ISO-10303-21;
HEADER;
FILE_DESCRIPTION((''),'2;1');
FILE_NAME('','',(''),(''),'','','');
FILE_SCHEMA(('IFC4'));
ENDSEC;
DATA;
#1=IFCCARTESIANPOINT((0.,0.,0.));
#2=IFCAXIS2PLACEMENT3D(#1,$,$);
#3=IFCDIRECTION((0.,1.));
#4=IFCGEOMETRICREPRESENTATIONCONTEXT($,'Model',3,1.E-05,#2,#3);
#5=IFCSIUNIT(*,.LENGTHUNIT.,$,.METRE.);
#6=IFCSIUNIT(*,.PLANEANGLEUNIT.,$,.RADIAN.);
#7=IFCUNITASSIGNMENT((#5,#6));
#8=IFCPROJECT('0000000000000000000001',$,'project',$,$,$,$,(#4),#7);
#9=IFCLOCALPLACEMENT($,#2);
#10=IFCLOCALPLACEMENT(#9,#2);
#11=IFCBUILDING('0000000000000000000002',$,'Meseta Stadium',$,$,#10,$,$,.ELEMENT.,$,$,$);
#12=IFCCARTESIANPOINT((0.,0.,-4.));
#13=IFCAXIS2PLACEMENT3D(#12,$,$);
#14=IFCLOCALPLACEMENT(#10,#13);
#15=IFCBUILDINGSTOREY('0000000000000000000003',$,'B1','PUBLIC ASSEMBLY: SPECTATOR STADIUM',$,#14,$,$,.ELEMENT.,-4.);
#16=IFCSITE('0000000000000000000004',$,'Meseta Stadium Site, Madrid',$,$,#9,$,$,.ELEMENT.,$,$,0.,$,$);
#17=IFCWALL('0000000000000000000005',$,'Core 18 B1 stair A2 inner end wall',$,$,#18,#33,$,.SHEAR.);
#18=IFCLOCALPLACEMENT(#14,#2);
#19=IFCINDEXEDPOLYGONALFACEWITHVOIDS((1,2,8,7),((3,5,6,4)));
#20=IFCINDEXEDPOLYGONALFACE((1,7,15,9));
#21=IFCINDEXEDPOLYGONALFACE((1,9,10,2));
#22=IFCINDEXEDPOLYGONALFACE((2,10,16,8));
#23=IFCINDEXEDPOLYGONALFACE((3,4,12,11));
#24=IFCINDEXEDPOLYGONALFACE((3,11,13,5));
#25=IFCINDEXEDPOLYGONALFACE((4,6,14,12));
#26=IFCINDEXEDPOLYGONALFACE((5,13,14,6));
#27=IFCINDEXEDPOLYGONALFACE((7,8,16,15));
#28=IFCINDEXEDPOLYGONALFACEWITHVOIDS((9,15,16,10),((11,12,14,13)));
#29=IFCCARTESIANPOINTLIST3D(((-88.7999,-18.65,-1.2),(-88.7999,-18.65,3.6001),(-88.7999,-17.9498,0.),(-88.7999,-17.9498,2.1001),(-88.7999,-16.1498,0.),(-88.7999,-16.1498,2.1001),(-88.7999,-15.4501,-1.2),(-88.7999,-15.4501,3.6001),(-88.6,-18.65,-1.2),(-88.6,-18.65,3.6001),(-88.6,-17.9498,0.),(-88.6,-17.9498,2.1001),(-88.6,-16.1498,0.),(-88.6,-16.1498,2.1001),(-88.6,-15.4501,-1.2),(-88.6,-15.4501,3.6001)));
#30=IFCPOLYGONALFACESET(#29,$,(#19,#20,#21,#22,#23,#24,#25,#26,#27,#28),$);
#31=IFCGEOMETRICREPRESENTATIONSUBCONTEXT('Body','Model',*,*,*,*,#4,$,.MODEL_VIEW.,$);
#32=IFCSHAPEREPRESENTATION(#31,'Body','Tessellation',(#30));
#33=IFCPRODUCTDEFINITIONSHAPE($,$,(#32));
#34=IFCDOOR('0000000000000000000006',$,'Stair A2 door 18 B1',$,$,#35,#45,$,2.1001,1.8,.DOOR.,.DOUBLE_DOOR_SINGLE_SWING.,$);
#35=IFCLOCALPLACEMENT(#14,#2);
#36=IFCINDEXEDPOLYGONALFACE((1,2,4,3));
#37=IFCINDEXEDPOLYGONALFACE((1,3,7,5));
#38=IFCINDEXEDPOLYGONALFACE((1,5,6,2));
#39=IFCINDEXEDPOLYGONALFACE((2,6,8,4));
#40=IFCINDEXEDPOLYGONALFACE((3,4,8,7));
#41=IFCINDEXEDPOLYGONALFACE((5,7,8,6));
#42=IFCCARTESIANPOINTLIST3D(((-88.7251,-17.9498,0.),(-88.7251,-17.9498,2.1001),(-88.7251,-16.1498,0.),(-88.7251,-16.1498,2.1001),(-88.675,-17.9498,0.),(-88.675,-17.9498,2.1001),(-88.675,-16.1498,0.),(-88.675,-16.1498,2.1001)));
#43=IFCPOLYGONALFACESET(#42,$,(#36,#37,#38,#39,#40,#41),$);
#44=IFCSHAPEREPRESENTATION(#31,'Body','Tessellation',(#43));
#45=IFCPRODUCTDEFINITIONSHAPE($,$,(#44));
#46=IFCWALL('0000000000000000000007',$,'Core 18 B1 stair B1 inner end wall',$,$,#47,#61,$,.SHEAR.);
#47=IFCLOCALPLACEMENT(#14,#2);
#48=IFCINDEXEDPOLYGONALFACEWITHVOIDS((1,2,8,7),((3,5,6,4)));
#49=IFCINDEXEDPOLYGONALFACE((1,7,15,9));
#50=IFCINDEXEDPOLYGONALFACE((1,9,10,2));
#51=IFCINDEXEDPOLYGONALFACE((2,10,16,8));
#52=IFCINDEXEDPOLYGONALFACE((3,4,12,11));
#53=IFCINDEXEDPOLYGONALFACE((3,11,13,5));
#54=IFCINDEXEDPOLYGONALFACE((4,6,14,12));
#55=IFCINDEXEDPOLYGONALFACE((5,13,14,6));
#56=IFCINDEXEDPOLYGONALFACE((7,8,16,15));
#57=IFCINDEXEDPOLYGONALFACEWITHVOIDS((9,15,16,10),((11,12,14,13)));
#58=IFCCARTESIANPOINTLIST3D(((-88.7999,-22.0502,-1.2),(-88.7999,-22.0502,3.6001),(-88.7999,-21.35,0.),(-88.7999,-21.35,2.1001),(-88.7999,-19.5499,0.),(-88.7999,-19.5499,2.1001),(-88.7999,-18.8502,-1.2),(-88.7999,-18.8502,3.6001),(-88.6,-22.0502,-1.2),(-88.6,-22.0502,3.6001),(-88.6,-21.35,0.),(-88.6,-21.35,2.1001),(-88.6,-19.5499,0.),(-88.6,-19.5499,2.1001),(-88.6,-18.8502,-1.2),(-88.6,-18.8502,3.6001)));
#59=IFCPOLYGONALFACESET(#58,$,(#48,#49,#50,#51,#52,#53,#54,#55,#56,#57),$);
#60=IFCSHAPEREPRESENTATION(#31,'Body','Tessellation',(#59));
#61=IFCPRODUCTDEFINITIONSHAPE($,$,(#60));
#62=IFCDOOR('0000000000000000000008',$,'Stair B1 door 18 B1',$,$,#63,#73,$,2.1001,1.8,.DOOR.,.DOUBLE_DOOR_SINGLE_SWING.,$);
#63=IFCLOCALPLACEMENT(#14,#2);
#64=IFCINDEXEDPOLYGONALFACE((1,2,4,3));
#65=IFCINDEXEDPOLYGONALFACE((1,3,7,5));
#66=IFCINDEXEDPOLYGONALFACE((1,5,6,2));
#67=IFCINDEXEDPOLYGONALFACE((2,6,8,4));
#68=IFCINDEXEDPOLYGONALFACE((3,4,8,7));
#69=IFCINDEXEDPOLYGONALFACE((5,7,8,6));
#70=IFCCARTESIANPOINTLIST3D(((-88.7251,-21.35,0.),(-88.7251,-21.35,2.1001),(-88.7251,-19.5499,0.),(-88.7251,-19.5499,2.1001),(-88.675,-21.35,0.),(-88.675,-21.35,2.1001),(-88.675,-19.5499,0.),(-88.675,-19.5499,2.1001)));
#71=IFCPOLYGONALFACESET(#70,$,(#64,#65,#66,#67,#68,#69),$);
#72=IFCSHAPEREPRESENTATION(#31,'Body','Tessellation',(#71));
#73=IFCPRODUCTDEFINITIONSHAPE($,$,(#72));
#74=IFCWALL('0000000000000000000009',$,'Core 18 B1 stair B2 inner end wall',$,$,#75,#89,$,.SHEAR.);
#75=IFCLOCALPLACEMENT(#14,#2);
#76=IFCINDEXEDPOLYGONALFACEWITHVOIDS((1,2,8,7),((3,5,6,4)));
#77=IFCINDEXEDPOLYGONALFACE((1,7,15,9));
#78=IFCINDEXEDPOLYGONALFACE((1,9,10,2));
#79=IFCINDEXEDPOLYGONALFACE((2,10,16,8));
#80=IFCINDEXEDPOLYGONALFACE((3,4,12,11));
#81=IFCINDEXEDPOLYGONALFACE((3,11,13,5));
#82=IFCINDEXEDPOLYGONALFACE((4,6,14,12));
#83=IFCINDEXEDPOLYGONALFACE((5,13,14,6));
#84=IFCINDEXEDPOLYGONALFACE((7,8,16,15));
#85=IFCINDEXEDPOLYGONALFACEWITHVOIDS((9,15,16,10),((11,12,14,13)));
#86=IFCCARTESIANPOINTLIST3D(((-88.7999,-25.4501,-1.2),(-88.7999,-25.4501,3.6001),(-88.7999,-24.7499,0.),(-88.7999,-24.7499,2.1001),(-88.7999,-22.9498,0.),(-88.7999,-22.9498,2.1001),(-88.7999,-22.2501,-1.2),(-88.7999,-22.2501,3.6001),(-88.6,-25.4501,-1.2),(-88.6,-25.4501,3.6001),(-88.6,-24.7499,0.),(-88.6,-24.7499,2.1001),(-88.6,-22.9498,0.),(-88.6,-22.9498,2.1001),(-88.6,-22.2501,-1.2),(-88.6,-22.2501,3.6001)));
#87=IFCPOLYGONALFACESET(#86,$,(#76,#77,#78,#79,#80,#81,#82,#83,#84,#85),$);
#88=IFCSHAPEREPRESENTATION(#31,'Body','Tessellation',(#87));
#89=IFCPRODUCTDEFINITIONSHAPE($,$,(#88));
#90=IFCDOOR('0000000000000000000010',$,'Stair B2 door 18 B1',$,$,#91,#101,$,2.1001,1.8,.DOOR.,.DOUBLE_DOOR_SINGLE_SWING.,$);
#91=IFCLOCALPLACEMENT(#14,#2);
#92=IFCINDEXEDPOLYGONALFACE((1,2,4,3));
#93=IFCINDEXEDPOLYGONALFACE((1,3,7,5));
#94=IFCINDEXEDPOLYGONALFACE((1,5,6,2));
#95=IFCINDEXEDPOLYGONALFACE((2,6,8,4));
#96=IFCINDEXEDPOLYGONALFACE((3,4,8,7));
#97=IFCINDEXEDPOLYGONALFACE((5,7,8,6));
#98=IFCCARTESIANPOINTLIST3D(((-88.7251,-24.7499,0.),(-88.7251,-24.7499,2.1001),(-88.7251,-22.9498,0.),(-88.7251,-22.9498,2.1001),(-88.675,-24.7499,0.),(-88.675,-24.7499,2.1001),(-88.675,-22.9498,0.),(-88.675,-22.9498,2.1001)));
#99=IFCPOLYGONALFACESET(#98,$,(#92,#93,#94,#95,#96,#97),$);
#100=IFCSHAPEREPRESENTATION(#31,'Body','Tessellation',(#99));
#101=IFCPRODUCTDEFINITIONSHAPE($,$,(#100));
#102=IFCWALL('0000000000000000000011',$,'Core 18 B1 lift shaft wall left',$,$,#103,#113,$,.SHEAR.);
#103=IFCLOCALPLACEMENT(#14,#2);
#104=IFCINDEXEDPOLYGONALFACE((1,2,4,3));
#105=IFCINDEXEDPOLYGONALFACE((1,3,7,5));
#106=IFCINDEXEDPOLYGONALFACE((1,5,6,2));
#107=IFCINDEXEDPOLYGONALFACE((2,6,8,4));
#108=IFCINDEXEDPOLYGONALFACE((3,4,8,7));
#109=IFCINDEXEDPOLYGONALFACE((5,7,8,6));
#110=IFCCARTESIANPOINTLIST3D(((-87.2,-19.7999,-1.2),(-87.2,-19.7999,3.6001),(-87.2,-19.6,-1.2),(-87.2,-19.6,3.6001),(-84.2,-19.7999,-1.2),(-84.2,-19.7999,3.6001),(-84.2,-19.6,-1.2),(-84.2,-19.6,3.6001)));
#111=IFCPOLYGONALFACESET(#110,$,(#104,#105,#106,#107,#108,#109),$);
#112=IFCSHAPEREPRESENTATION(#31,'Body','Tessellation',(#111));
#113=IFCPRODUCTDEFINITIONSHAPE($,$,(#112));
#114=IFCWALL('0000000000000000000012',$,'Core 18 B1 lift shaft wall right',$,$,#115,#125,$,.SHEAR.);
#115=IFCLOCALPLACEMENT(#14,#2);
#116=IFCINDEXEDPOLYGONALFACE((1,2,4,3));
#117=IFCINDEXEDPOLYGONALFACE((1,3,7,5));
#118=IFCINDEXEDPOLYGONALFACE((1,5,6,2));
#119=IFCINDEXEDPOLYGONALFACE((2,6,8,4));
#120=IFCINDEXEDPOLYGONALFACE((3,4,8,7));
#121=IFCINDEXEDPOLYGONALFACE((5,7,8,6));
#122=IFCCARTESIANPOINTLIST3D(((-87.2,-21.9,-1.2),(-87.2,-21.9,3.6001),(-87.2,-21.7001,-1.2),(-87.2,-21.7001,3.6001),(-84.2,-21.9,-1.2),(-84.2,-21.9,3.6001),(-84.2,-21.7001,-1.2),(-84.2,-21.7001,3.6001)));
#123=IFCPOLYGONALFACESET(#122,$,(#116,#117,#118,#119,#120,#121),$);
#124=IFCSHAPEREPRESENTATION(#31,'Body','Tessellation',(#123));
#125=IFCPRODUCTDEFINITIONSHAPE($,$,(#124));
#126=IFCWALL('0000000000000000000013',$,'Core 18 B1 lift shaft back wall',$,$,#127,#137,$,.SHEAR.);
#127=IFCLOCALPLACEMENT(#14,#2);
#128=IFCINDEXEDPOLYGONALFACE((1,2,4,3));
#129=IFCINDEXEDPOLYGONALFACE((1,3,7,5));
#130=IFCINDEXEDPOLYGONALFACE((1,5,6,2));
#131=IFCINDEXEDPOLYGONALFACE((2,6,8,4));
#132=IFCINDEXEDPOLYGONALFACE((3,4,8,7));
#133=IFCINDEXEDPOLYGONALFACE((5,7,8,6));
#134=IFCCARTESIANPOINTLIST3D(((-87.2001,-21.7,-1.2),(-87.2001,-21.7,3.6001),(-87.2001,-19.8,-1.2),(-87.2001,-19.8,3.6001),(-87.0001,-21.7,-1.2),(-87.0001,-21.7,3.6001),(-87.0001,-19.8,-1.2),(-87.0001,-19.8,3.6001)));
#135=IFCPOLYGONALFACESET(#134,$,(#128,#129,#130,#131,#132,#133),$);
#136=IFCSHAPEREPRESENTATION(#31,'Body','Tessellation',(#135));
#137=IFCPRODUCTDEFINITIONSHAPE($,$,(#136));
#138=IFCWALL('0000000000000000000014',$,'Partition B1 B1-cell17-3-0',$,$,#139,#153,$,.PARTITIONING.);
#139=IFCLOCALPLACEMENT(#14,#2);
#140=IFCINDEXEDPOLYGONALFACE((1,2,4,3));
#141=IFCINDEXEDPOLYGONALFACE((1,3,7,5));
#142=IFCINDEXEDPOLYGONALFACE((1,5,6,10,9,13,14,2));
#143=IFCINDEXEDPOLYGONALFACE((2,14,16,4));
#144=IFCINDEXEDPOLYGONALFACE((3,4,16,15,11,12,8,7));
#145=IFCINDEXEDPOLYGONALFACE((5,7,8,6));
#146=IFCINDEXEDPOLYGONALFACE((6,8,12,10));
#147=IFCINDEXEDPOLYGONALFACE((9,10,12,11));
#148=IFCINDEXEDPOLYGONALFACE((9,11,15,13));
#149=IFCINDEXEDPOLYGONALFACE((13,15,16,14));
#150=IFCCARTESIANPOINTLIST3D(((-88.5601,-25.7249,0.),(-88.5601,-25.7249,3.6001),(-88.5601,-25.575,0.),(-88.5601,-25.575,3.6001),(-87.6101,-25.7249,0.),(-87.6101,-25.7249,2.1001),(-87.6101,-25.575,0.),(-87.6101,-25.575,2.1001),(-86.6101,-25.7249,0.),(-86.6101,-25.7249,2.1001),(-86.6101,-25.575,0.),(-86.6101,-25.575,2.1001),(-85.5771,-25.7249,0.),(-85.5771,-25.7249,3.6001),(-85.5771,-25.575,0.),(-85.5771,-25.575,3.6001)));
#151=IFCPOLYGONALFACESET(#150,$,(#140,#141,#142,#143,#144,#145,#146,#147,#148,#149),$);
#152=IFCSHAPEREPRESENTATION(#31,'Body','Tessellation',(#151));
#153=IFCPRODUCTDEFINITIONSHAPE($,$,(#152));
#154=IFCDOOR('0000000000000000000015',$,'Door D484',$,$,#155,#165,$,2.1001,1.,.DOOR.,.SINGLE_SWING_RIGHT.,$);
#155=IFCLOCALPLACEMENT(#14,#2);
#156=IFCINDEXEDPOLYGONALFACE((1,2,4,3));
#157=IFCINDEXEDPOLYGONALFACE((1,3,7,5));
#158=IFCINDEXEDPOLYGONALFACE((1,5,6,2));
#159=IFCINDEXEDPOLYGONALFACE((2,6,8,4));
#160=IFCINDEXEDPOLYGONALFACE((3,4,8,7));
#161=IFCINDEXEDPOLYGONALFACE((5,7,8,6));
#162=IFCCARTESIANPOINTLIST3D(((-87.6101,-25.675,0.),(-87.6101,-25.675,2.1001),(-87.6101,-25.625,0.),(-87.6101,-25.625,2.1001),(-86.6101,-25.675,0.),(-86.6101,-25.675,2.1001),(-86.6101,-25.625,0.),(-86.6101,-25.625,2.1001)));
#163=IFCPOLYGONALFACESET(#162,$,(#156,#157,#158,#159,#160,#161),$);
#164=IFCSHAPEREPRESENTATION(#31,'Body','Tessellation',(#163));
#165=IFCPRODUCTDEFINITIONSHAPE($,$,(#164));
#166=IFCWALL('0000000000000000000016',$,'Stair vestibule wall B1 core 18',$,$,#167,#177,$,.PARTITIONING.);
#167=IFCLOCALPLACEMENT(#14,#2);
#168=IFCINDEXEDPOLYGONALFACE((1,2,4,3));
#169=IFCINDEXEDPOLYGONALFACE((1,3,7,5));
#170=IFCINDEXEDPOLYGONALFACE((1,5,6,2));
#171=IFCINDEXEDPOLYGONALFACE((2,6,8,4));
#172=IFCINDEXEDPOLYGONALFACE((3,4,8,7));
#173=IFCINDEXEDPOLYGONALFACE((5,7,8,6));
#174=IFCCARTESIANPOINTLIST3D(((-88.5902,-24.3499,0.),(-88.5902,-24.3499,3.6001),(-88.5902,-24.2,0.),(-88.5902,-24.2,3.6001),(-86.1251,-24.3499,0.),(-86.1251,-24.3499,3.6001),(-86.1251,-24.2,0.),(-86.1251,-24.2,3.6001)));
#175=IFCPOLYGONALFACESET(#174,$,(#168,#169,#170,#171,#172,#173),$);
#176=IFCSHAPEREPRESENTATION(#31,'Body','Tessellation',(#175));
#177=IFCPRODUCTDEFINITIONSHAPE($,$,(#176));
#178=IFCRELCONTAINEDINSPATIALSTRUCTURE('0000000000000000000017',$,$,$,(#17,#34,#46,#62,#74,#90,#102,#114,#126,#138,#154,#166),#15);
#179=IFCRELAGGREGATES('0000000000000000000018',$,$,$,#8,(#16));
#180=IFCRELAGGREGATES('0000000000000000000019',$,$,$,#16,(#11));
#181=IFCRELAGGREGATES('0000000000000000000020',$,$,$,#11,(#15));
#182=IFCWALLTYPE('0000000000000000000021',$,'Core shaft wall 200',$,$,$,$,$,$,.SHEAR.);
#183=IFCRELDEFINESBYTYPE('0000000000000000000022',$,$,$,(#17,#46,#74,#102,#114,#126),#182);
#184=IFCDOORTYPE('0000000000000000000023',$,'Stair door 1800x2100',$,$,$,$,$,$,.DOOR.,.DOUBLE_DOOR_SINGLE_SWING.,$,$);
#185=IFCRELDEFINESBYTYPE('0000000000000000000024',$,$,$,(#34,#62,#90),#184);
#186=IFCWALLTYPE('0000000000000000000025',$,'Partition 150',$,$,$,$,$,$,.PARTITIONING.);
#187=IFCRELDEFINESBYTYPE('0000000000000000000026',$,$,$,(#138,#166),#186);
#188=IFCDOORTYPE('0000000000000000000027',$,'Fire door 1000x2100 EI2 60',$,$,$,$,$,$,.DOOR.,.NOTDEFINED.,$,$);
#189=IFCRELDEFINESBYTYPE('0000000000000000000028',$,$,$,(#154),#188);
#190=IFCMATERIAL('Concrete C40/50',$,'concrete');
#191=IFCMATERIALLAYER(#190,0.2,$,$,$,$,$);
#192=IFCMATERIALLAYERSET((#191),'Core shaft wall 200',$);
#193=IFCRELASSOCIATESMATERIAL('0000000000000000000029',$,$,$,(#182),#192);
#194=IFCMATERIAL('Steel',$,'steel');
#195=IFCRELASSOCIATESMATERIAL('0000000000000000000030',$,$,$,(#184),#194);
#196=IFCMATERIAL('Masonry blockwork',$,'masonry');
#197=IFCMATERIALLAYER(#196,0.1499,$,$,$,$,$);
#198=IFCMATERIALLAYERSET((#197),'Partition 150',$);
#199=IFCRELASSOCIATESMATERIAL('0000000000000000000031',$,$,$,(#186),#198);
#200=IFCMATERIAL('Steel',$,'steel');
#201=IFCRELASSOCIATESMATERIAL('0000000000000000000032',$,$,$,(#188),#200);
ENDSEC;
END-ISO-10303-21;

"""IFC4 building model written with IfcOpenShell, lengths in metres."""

from ifc_helpers import new_model, si_unit, direction, frame, frame_2d, origin, place, context, subcontext, project, spatial, rectangle, extrude, material, layer, layer_set, type_object, element, fill, save


model = new_model("IFC4")

# Units and contexts
model_context = context("Model", 3, precision=1e-05, world=origin(), true_north=direction((0.0, 1.0)))
body_context = subcontext(model_context, "Body", "Model", "MODEL_VIEW")
ifc_project = project(units=[si_unit("LENGTHUNIT", "METRE"), si_unit("PLANEANGLEUNIT", "RADIAN")], contexts=[model_context])

# Site, building, storey
site_placement = place(None, origin())
site = spatial("IfcSite", under=ifc_project, at=site_placement, Name="Meseta Stadium Site, Madrid", CompositionType="ELEMENT", RefElevation=0.0)
building_placement = place(site_placement, origin())
building = spatial("IfcBuilding", under=site, at=building_placement, Name="Meseta Stadium", CompositionType="ELEMENT")
storey_placement = place(building_placement, frame((0.0, 0.0, -4.0)))
storey = spatial("IfcBuildingStorey", under=building, at=storey_placement, Name="B1", Description="PUBLIC ASSEMBLY: SPECTATOR STADIUM", CompositionType="ELEMENT", Elevation=-4.0)

# Walls, openings, doors
ifc_material_1 = material(Name="Concrete C40/50", Category="concrete")
ifc_layer_1 = layer(ifc_material_1, 0.2)
ifc_layer_set_1 = layer_set([ifc_layer_1], Name="Core shaft wall 200")
wall_type_1 = type_object("IfcWallType", Name="Core shaft wall 200", PredefinedType="SHEAR", material=ifc_layer_set_1)
wall_1_placement = place(storey_placement, frame((-88.7, -15.45, -1.2), z_axis=(0.0, 0.0, 1.0), x_axis=(0.0, -1.0, 0.0)))
wall_1 = element("IfcWall", 1, at=wall_1_placement, inside=storey, type_object=wall_type_1, Name="Core 18 B1 stair A2 inner end wall", PredefinedType="SHEAR", context=body_context, shape_type="SweptSolid", body=[
    extrude(rectangle(XDim=3.2, YDim=0.2, at=frame_2d((1.6001, 0.0))), origin(), (0.0, 0.0, 1.0), 4.8),
])
opening_1_placement = place(wall_1_placement, frame((0.7, 0.0, 1.2)))
opening_1 = element("IfcOpeningElement", 2, at=opening_1_placement, cuts=wall_1, PredefinedType="OPENING", context=body_context, shape_type="SweptSolid", body=[
    extrude(rectangle(XDim=1.8, YDim=2.1001, at=frame_2d((0.8999, 1.05))), frame((0.0, 0.1099, 0.0), z_axis=(0.0, -1.0, 0.0), x_axis=(1.0, 0.0, 0.0)), (0.0, 0.0, 1.0), 0.22),
])
ifc_material_2 = material(Name="Steel", Category="steel")
door_type_1 = type_object("IfcDoorType", Name="Stair door 1800x2100", OperationType="DOUBLE_DOOR_SINGLE_SWING", PredefinedType="DOOR", material=ifc_material_2)
door_1_placement = place(opening_1_placement, origin())
door_1 = element("IfcDoor", 3, at=door_1_placement, inside=storey, type_object=door_type_1, Name="Stair A2 door 18 B1", OperationType="DOUBLE_DOOR_SINGLE_SWING", OverallHeight=2.1001, OverallWidth=1.8, PredefinedType="DOOR", context=body_context, shape_type="SweptSolid", body=[
    extrude(rectangle(XDim=1.8, YDim=2.1001, at=frame_2d((0.8999, 1.05))), frame((0.0, 0.0249, 0.0), z_axis=(0.0, -1.0, 0.0), x_axis=(1.0, 0.0, 0.0)), (0.0, 0.0, 1.0), 0.05),
])
fill(opening_1, door_1)
wall_2_placement = place(storey_placement, frame((-88.7, -18.8501, -1.2), z_axis=(0.0, 0.0, 1.0), x_axis=(0.0, -1.0, 0.0)))
wall_2 = element("IfcWall", 4, at=wall_2_placement, inside=storey, type_object=wall_type_1, Name="Core 18 B1 stair B1 inner end wall", PredefinedType="SHEAR", context=body_context, shape_type="SweptSolid", body=[
    extrude(rectangle(XDim=3.2, YDim=0.2, at=frame_2d((1.6001, 0.0))), origin(), (0.0, 0.0, 1.0), 4.8),
])
opening_2_placement = place(wall_2_placement, frame((0.7, 0.0, 1.2)))
opening_2 = element("IfcOpeningElement", 5, at=opening_2_placement, cuts=wall_2, PredefinedType="OPENING", context=body_context, shape_type="SweptSolid", body=[
    extrude(rectangle(XDim=1.8, YDim=2.1001, at=frame_2d((0.8999, 1.05))), frame((0.0, 0.1099, 0.0), z_axis=(0.0, -1.0, 0.0), x_axis=(1.0, 0.0, 0.0)), (0.0, 0.0, 1.0), 0.22),
])
door_2_placement = place(opening_2_placement, origin())
door_2 = element("IfcDoor", 6, at=door_2_placement, inside=storey, type_object=door_type_1, Name="Stair B1 door 18 B1", OperationType="DOUBLE_DOOR_SINGLE_SWING", OverallHeight=2.1001, OverallWidth=1.8, PredefinedType="DOOR", context=body_context, shape_type="SweptSolid", body=[
    extrude(rectangle(XDim=1.8, YDim=2.1001, at=frame_2d((0.8999, 1.05))), frame((0.0, 0.0249, 0.0), z_axis=(0.0, -1.0, 0.0), x_axis=(1.0, 0.0, 0.0)), (0.0, 0.0, 1.0), 0.05),
])
fill(opening_2, door_2)
wall_3_placement = place(storey_placement, frame((-88.7, -22.25, -1.2), z_axis=(0.0, 0.0, 1.0), x_axis=(0.0, -1.0, 0.0)))
wall_3 = element("IfcWall", 7, at=wall_3_placement, inside=storey, type_object=wall_type_1, Name="Core 18 B1 stair B2 inner end wall", PredefinedType="SHEAR", context=body_context, shape_type="SweptSolid", body=[
    extrude(rectangle(XDim=3.2, YDim=0.2, at=frame_2d((1.6001, 0.0))), origin(), (0.0, 0.0, 1.0), 4.8),
])
opening_3_placement = place(wall_3_placement, frame((0.7, 0.0, 1.2)))
opening_3 = element("IfcOpeningElement", 8, at=opening_3_placement, cuts=wall_3, PredefinedType="OPENING", context=body_context, shape_type="SweptSolid", body=[
    extrude(rectangle(XDim=1.8, YDim=2.1001, at=frame_2d((0.8999, 1.05))), frame((0.0, 0.1099, 0.0), z_axis=(0.0, -1.0, 0.0), x_axis=(1.0, 0.0, 0.0)), (0.0, 0.0, 1.0), 0.22),
])
door_3_placement = place(opening_3_placement, origin())
door_3 = element("IfcDoor", 9, at=door_3_placement, inside=storey, type_object=door_type_1, Name="Stair B2 door 18 B1", OperationType="DOUBLE_DOOR_SINGLE_SWING", OverallHeight=2.1001, OverallWidth=1.8, PredefinedType="DOOR", context=body_context, shape_type="SweptSolid", body=[
    extrude(rectangle(XDim=1.8, YDim=2.1001, at=frame_2d((0.8999, 1.05))), frame((0.0, 0.0249, 0.0), z_axis=(0.0, -1.0, 0.0), x_axis=(1.0, 0.0, 0.0)), (0.0, 0.0, 1.0), 0.05),
])
fill(opening_3, door_3)

# Walls
for number, where, z_axis, x_axis, name in (
    (10, (-87.2, -19.7, -1.2), (0.0, 0.0, 1.0), (1.0, 0.0, 0.0), "Core 18 B1 lift shaft wall left"),
    (11, (-87.2, -21.8, -1.2), (0.0, 0.0, 1.0), (1.0, 0.0, 0.0), "Core 18 B1 lift shaft wall right"),
):
    element("IfcWall", number, at=place(storey_placement, frame(where, z_axis=z_axis, x_axis=x_axis)), inside=storey, type_object=wall_type_1, Name=name, PredefinedType="SHEAR", context=body_context, shape_type="SweptSolid", body=[
        extrude(rectangle(XDim=3.0, YDim=0.2, at=frame_2d((1.5, 0.0))), origin(), (0.0, 0.0, 1.0), 4.8),
    ])
wall_4_placement = place(storey_placement, frame((-87.1001, -19.8, -1.2), z_axis=(0.0, 0.0, 1.0), x_axis=(0.0, -1.0, 0.0)))
element("IfcWall", 12, at=wall_4_placement, inside=storey, type_object=wall_type_1, Name="Core 18 B1 lift shaft back wall", PredefinedType="SHEAR", context=body_context, shape_type="SweptSolid", body=[
    extrude(rectangle(XDim=1.8999, YDim=0.2, at=frame_2d((0.95, 0.0))), origin(), (0.0, 0.0, 1.0), 4.8),
])

# Wall, opening, door
ifc_material_3 = material(Name="Masonry blockwork", Category="masonry")
ifc_layer_2 = layer(ifc_material_3, 0.1499)
ifc_layer_set_2 = layer_set([ifc_layer_2], Name="Partition 150")
wall_type_2 = type_object("IfcWallType", Name="Partition 150", PredefinedType="PARTITIONING", material=ifc_layer_set_2)
wall_5_placement = place(storey_placement, frame((-88.5601, -25.6499, 0.0), z_axis=(0.0, 0.0, 1.0), x_axis=(1.0, 0.0, 0.0)))
wall_5 = element("IfcWall", 13, at=wall_5_placement, inside=storey, type_object=wall_type_2, Name="Partition B1 B1-cell17-3-0", PredefinedType="PARTITIONING", context=body_context, shape_type="SweptSolid", body=[
    extrude(rectangle(XDim=2.9829, YDim=0.1499, at=frame_2d((1.4915, 0.0))), origin(), (0.0, 0.0, 1.0), 3.6001),
])
opening_4_placement = place(wall_5_placement, frame((0.95, 0.0, 0.0)))
opening_4 = element("IfcOpeningElement", 14, at=opening_4_placement, cuts=wall_5, PredefinedType="OPENING", context=body_context, shape_type="SweptSolid", body=[
    extrude(rectangle(XDim=1.0, YDim=2.1001, at=frame_2d((0.5, 1.05))), frame((0.0, 0.085, 0.0), z_axis=(0.0, -1.0, 0.0), x_axis=(1.0, 0.0, 0.0)), (0.0, 0.0, 1.0), 0.1699),
])
ifc_material_4 = material(Name="Steel", Category="steel")
door_type_2 = type_object("IfcDoorType", Name="Fire door 1000x2100 EI2 60", OperationType="NOTDEFINED", PredefinedType="DOOR", material=ifc_material_4)
door_4_placement = place(opening_4_placement, origin())
door_4 = element("IfcDoor", 15, at=door_4_placement, inside=storey, type_object=door_type_2, Name="Door D484", OperationType="SINGLE_SWING_RIGHT", OverallHeight=2.1001, OverallWidth=1.0, PredefinedType="DOOR", context=body_context, shape_type="SweptSolid", body=[
    extrude(rectangle(XDim=1.0, YDim=2.1001, at=frame_2d((0.5, 1.05))), frame((0.0, 0.0249, 0.0), z_axis=(0.0, -1.0, 0.0), x_axis=(1.0, 0.0, 0.0)), (0.0, 0.0, 1.0), 0.05),
])
fill(opening_4, door_4)

# Wall
wall_6_placement = place(storey_placement, frame((-88.5901, -24.2749, 0.0), z_axis=(0.0, 0.0, 1.0), x_axis=(1.0, 0.0, 0.0)))
element("IfcWall", 16, at=wall_6_placement, inside=storey, type_object=wall_type_2, Name="Stair vestibule wall B1 core 18", PredefinedType="PARTITIONING", context=body_context, shape_type="SweptSolid", body=[
    extrude(rectangle(XDim=2.4651, YDim=0.1499, at=frame_2d((1.2324, 0.0))), origin(), (0.0, 0.0, 1.0), 3.6001),
])

save(model, "model.ifc")
